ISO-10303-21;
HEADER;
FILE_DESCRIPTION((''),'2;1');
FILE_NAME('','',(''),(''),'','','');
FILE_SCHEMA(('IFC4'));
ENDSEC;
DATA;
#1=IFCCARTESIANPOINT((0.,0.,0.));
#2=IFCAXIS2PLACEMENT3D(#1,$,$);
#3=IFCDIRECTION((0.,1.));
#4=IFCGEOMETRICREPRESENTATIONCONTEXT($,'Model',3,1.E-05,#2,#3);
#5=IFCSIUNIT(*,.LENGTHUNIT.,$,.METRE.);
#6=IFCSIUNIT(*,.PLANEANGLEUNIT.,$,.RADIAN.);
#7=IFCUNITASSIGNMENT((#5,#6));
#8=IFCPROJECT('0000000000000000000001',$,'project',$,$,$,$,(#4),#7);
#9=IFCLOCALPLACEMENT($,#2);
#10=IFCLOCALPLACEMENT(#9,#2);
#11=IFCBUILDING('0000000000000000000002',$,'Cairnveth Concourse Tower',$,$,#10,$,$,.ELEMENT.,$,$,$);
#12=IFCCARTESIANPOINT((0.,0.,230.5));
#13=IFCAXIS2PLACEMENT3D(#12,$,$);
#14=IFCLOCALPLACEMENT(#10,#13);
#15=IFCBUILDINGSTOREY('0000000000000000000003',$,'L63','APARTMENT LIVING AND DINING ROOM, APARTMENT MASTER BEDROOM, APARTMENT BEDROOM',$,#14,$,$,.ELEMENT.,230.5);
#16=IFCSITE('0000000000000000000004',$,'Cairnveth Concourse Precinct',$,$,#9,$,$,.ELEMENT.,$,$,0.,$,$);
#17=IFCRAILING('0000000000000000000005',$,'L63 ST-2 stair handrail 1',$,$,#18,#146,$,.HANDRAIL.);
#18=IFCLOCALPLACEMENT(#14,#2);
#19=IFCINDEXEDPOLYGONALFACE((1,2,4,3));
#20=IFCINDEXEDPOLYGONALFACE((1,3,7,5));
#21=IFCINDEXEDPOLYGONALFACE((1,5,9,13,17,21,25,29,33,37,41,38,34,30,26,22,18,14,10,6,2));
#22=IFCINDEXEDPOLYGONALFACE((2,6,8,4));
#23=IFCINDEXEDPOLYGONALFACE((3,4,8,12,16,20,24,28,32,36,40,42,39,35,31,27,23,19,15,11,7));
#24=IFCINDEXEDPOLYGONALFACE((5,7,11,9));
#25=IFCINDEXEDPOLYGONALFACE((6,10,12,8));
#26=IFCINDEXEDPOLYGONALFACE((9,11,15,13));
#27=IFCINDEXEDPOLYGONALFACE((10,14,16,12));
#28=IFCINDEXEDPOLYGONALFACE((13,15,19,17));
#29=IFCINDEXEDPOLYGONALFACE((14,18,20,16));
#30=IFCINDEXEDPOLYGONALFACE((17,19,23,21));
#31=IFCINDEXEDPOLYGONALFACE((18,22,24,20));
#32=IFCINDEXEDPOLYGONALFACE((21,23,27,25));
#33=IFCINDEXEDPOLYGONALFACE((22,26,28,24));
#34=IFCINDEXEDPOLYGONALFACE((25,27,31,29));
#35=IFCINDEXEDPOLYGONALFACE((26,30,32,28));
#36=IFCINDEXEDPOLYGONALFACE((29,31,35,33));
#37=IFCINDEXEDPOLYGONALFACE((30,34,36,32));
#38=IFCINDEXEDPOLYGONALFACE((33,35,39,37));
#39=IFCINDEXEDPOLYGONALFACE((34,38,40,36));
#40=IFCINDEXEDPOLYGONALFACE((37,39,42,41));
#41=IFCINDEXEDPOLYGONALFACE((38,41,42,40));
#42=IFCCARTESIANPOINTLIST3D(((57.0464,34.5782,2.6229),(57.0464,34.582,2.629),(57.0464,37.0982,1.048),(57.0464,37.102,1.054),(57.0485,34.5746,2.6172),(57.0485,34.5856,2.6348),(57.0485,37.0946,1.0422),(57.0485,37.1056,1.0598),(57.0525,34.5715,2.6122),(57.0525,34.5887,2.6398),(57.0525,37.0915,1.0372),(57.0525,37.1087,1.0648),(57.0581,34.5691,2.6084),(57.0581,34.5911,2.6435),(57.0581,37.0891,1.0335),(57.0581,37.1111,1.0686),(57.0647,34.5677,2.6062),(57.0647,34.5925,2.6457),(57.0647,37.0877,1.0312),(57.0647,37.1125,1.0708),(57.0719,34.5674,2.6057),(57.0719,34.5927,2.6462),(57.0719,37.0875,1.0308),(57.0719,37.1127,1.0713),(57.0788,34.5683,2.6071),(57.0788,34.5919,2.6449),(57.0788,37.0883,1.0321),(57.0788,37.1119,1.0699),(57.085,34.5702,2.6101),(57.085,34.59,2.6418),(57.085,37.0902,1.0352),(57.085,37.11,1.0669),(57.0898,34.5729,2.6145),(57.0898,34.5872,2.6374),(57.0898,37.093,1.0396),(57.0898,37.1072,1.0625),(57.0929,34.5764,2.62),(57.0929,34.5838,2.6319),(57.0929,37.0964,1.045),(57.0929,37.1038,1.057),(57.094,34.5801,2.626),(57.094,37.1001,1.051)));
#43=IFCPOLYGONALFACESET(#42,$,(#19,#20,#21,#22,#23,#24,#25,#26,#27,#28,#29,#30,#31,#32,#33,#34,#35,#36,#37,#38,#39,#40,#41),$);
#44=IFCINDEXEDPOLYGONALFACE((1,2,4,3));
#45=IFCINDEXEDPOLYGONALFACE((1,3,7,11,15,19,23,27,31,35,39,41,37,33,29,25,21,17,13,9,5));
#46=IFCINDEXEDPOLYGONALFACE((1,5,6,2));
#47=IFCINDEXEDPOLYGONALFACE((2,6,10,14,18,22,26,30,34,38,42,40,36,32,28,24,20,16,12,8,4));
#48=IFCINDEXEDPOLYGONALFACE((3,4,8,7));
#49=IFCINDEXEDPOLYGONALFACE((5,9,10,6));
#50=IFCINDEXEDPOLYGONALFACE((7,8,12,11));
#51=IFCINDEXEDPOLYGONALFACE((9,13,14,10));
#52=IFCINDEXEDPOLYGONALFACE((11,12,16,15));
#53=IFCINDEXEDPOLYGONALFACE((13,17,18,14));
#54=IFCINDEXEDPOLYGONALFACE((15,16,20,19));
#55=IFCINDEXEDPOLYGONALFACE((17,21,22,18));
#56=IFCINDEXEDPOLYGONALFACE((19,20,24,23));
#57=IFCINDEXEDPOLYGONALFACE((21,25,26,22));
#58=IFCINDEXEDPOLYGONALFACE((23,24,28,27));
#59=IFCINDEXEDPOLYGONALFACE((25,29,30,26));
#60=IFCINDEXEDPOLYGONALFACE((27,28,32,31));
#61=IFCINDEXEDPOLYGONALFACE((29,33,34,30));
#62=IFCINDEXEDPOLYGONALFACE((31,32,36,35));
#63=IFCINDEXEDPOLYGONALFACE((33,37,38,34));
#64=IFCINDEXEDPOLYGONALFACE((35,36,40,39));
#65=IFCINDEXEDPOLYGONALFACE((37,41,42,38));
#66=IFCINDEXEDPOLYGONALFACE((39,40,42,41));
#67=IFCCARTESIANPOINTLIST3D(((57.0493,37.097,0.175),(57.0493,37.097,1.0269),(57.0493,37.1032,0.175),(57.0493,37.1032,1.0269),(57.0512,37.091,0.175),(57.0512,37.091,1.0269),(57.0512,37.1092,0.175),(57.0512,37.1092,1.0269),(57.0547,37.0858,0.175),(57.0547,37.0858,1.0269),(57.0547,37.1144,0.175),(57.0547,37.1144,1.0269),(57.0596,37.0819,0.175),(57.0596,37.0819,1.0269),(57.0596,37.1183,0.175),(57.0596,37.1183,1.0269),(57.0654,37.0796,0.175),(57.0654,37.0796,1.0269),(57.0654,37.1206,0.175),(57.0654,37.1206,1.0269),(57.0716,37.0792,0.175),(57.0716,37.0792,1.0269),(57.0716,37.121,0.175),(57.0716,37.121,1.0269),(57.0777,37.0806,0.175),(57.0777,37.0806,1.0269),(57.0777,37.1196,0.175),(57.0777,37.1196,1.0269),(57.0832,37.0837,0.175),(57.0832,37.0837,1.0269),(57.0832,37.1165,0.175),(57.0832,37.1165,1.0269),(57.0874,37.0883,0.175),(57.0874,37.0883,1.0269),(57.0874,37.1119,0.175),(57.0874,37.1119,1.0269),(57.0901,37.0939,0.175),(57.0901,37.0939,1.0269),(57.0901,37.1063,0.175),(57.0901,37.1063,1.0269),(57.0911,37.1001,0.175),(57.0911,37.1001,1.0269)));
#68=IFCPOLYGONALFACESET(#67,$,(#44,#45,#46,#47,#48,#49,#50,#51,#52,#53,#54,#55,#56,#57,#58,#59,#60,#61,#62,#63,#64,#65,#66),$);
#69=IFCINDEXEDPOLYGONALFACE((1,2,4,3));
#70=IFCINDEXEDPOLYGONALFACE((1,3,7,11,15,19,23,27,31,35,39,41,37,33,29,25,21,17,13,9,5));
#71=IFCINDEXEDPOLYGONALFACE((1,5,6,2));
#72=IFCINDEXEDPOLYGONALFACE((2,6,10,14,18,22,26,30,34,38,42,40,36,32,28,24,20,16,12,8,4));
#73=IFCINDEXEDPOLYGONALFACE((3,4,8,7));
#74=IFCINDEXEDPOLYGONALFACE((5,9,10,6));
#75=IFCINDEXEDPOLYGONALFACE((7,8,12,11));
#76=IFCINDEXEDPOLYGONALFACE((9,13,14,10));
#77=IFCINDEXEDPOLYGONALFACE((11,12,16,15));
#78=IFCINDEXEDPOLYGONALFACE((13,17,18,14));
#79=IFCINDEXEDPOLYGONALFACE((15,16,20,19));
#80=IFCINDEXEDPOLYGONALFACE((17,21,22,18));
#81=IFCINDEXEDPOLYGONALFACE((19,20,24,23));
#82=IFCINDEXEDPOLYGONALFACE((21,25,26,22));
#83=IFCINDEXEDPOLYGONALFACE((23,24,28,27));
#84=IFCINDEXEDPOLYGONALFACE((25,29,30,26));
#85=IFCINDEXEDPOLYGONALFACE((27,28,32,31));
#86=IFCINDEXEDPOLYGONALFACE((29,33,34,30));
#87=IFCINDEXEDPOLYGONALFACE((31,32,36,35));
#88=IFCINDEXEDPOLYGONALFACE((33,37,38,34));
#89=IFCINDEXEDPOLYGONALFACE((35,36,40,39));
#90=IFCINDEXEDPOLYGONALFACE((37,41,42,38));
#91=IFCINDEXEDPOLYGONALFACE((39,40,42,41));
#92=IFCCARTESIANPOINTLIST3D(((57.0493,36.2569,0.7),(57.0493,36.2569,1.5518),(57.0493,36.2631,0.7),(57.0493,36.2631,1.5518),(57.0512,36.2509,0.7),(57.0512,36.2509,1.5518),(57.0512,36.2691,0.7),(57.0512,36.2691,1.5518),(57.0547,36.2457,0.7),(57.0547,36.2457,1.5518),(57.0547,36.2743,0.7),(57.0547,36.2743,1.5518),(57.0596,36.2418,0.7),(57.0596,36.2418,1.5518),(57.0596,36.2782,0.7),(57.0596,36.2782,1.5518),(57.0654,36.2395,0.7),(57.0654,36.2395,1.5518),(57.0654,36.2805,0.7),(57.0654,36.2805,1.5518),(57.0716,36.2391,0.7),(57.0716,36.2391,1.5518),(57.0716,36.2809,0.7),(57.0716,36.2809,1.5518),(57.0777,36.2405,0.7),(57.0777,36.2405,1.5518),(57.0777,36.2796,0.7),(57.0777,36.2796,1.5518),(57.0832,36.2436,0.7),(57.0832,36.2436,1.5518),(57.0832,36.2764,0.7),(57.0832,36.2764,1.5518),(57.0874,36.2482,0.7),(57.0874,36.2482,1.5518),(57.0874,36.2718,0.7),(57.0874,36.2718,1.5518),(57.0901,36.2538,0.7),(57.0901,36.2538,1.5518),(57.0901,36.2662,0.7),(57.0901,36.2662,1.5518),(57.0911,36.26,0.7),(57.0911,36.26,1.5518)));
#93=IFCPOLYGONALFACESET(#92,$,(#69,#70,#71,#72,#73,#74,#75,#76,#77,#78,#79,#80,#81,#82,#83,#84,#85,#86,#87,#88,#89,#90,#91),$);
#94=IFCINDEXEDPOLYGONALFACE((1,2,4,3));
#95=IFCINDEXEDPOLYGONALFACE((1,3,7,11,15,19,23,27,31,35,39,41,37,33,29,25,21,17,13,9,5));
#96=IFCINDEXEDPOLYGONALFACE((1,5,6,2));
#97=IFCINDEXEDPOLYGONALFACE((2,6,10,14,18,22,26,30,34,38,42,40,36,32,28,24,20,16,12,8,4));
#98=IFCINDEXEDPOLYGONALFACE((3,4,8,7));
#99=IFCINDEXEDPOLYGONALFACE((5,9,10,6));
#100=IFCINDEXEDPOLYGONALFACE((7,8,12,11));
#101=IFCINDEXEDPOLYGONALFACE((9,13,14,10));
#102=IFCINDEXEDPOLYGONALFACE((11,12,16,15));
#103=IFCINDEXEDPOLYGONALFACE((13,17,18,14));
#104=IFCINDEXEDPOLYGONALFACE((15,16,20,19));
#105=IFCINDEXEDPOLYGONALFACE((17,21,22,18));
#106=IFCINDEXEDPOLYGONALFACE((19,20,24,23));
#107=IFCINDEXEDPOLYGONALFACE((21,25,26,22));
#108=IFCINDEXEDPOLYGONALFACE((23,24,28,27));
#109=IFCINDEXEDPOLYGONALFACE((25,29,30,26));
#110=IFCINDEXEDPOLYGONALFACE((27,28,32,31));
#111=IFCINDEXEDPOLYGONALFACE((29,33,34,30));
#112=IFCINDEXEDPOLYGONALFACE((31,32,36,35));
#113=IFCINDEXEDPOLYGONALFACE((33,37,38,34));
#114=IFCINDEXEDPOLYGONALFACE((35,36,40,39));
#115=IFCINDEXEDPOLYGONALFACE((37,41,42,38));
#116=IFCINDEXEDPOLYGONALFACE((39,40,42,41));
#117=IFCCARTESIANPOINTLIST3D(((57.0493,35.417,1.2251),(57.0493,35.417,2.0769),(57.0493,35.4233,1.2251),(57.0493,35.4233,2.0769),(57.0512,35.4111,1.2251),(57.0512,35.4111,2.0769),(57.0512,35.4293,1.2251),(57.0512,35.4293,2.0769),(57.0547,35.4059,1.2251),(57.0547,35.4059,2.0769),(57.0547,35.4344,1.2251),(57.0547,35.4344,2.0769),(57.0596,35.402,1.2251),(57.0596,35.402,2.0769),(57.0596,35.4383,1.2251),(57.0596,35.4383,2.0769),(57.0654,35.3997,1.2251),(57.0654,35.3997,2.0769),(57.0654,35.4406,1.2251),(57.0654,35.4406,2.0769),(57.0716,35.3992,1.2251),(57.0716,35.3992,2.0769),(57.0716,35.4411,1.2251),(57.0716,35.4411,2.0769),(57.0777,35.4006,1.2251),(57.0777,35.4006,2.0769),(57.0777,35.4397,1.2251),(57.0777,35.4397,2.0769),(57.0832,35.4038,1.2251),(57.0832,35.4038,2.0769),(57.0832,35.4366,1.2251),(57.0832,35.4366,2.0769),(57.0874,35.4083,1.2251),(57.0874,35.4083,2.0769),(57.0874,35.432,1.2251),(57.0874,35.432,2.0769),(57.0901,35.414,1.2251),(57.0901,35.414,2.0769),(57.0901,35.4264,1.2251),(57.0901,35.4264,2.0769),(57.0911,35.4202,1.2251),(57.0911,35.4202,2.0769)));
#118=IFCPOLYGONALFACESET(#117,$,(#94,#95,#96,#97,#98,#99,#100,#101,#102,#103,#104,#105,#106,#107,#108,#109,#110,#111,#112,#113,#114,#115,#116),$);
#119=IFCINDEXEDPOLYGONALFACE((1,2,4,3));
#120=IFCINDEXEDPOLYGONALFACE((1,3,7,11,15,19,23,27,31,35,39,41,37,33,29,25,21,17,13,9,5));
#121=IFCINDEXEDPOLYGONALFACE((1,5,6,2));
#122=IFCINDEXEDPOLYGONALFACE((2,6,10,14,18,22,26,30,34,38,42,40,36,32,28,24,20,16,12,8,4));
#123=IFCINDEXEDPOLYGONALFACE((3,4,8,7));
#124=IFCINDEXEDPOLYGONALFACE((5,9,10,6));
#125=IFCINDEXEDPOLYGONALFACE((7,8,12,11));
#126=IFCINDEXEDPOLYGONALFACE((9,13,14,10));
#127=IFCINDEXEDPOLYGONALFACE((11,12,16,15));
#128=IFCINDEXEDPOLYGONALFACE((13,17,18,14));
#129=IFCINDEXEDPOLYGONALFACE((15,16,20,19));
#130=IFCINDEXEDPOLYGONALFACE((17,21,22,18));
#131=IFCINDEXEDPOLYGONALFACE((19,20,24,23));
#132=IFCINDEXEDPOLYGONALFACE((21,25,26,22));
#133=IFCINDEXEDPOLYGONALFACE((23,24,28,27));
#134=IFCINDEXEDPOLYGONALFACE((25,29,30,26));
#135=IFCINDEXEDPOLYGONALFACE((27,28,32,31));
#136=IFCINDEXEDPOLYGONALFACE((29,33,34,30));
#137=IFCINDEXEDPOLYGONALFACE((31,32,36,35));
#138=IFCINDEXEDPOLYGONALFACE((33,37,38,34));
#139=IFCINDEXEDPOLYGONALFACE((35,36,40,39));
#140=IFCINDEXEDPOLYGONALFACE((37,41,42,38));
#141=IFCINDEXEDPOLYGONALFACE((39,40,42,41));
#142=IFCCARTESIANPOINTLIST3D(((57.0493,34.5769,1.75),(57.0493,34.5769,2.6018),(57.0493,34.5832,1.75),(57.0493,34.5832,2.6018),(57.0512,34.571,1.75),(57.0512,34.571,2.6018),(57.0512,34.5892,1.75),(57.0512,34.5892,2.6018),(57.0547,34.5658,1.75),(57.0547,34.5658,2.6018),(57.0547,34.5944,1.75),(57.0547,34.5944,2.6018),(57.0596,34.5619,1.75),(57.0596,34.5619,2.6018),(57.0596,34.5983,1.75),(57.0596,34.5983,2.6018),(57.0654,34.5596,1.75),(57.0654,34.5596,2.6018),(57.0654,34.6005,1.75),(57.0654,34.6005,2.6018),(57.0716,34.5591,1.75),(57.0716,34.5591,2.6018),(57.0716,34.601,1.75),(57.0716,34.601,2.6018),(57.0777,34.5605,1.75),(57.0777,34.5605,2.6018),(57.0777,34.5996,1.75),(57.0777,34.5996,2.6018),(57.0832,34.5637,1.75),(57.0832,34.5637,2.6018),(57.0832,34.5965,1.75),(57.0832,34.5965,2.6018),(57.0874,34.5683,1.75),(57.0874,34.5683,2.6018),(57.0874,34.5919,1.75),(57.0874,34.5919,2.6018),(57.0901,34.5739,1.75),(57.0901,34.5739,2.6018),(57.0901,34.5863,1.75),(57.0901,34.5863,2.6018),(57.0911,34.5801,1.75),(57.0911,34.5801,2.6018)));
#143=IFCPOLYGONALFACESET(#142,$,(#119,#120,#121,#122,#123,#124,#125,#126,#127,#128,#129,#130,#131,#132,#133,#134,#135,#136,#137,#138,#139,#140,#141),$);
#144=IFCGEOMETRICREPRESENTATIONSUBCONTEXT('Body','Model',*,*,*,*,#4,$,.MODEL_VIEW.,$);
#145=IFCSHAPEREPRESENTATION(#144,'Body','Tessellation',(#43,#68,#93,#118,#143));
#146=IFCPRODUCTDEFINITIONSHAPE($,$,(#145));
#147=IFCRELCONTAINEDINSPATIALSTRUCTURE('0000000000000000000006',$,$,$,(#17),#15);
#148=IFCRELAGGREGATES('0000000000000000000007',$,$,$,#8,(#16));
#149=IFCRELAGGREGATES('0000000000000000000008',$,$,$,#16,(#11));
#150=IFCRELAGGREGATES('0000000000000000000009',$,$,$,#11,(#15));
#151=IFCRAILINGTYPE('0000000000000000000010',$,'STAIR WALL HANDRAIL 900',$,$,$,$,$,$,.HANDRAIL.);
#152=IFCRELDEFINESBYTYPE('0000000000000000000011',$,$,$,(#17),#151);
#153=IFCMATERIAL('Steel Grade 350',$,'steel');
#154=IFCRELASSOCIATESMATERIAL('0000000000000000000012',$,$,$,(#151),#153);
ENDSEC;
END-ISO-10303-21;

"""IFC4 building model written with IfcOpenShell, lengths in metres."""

from ifc_helpers import new_model, si_unit, direction, frame, origin, origin_2d, place, context, subcontext, project, spatial, circle, extrude, material, type_object, element, save


model = new_model("IFC4")

# Units and contexts
model_context = context("Model", 3, precision=1e-05, world=origin(), true_north=direction((0.0, 1.0)))
body_context = subcontext(model_context, "Body", "Model", "MODEL_VIEW")
ifc_project = project(units=[si_unit("LENGTHUNIT", "METRE"), si_unit("PLANEANGLEUNIT", "RADIAN")], contexts=[model_context])

# Site, building, storey
site_placement = place(None, origin())
site = spatial("IfcSite", under=ifc_project, at=site_placement, Name="Cairnveth Concourse Precinct", CompositionType="ELEMENT", RefElevation=0.0)
building_placement = place(site_placement, origin())
building = spatial("IfcBuilding", under=site, at=building_placement, Name="Cairnveth Concourse Tower", CompositionType="ELEMENT")
storey_placement = place(building_placement, frame((0.0, 0.0, 230.5)))
storey = spatial("IfcBuildingStorey", under=building, at=storey_placement, Name="L63", Description="APARTMENT LIVING AND DINING ROOM, APARTMENT MASTER BEDROOM, APARTMENT BEDROOM", CompositionType="ELEMENT", Elevation=230.5)

# Shared definitions
ifc_material_1 = material(Name="Steel Grade 350", Category="steel")

# Railing
railing_type_1 = type_object("IfcRailingType", Name="STAIR WALL HANDRAIL 900", PredefinedType="HANDRAIL", material=ifc_material_1)
railing_1_placement = place(storey_placement, frame((57.0701, 37.1001, 0.175)))
element("IfcRailing", 1, at=railing_1_placement, inside=storey, type_object=railing_type_1, Name="L63 ST-2 stair handrail 1", PredefinedType="HANDRAIL", context=body_context, shape_type="SweptSolid", body=[
    extrude(circle(Radius=0.0239, at=origin_2d()), frame((0.0, 0.0, 0.876), z_axis=(0.0, -0.848008, 0.529984), x_axis=(1.0, 0.0, 0.0)), (0.0, 0.0, 1.0), 2.9717),
    extrude(circle(Radius=0.021, at=origin_2d()), origin(), (0.0, 0.0, 1.0), 0.8518),
    extrude(circle(Radius=0.021, at=origin_2d()), frame((0.0, -0.8401, 0.5249)), (0.0, 0.0, 1.0), 0.8518),
    extrude(circle(Radius=0.021, at=origin_2d()), frame((0.0, -1.6799, 1.05)), (0.0, 0.0, 1.0), 0.8518),
    extrude(circle(Radius=0.021, at=origin_2d()), frame((0.0, -2.52, 1.575)), (0.0, 0.0, 1.0), 0.8518),
])

save(model, "model.ifc")
